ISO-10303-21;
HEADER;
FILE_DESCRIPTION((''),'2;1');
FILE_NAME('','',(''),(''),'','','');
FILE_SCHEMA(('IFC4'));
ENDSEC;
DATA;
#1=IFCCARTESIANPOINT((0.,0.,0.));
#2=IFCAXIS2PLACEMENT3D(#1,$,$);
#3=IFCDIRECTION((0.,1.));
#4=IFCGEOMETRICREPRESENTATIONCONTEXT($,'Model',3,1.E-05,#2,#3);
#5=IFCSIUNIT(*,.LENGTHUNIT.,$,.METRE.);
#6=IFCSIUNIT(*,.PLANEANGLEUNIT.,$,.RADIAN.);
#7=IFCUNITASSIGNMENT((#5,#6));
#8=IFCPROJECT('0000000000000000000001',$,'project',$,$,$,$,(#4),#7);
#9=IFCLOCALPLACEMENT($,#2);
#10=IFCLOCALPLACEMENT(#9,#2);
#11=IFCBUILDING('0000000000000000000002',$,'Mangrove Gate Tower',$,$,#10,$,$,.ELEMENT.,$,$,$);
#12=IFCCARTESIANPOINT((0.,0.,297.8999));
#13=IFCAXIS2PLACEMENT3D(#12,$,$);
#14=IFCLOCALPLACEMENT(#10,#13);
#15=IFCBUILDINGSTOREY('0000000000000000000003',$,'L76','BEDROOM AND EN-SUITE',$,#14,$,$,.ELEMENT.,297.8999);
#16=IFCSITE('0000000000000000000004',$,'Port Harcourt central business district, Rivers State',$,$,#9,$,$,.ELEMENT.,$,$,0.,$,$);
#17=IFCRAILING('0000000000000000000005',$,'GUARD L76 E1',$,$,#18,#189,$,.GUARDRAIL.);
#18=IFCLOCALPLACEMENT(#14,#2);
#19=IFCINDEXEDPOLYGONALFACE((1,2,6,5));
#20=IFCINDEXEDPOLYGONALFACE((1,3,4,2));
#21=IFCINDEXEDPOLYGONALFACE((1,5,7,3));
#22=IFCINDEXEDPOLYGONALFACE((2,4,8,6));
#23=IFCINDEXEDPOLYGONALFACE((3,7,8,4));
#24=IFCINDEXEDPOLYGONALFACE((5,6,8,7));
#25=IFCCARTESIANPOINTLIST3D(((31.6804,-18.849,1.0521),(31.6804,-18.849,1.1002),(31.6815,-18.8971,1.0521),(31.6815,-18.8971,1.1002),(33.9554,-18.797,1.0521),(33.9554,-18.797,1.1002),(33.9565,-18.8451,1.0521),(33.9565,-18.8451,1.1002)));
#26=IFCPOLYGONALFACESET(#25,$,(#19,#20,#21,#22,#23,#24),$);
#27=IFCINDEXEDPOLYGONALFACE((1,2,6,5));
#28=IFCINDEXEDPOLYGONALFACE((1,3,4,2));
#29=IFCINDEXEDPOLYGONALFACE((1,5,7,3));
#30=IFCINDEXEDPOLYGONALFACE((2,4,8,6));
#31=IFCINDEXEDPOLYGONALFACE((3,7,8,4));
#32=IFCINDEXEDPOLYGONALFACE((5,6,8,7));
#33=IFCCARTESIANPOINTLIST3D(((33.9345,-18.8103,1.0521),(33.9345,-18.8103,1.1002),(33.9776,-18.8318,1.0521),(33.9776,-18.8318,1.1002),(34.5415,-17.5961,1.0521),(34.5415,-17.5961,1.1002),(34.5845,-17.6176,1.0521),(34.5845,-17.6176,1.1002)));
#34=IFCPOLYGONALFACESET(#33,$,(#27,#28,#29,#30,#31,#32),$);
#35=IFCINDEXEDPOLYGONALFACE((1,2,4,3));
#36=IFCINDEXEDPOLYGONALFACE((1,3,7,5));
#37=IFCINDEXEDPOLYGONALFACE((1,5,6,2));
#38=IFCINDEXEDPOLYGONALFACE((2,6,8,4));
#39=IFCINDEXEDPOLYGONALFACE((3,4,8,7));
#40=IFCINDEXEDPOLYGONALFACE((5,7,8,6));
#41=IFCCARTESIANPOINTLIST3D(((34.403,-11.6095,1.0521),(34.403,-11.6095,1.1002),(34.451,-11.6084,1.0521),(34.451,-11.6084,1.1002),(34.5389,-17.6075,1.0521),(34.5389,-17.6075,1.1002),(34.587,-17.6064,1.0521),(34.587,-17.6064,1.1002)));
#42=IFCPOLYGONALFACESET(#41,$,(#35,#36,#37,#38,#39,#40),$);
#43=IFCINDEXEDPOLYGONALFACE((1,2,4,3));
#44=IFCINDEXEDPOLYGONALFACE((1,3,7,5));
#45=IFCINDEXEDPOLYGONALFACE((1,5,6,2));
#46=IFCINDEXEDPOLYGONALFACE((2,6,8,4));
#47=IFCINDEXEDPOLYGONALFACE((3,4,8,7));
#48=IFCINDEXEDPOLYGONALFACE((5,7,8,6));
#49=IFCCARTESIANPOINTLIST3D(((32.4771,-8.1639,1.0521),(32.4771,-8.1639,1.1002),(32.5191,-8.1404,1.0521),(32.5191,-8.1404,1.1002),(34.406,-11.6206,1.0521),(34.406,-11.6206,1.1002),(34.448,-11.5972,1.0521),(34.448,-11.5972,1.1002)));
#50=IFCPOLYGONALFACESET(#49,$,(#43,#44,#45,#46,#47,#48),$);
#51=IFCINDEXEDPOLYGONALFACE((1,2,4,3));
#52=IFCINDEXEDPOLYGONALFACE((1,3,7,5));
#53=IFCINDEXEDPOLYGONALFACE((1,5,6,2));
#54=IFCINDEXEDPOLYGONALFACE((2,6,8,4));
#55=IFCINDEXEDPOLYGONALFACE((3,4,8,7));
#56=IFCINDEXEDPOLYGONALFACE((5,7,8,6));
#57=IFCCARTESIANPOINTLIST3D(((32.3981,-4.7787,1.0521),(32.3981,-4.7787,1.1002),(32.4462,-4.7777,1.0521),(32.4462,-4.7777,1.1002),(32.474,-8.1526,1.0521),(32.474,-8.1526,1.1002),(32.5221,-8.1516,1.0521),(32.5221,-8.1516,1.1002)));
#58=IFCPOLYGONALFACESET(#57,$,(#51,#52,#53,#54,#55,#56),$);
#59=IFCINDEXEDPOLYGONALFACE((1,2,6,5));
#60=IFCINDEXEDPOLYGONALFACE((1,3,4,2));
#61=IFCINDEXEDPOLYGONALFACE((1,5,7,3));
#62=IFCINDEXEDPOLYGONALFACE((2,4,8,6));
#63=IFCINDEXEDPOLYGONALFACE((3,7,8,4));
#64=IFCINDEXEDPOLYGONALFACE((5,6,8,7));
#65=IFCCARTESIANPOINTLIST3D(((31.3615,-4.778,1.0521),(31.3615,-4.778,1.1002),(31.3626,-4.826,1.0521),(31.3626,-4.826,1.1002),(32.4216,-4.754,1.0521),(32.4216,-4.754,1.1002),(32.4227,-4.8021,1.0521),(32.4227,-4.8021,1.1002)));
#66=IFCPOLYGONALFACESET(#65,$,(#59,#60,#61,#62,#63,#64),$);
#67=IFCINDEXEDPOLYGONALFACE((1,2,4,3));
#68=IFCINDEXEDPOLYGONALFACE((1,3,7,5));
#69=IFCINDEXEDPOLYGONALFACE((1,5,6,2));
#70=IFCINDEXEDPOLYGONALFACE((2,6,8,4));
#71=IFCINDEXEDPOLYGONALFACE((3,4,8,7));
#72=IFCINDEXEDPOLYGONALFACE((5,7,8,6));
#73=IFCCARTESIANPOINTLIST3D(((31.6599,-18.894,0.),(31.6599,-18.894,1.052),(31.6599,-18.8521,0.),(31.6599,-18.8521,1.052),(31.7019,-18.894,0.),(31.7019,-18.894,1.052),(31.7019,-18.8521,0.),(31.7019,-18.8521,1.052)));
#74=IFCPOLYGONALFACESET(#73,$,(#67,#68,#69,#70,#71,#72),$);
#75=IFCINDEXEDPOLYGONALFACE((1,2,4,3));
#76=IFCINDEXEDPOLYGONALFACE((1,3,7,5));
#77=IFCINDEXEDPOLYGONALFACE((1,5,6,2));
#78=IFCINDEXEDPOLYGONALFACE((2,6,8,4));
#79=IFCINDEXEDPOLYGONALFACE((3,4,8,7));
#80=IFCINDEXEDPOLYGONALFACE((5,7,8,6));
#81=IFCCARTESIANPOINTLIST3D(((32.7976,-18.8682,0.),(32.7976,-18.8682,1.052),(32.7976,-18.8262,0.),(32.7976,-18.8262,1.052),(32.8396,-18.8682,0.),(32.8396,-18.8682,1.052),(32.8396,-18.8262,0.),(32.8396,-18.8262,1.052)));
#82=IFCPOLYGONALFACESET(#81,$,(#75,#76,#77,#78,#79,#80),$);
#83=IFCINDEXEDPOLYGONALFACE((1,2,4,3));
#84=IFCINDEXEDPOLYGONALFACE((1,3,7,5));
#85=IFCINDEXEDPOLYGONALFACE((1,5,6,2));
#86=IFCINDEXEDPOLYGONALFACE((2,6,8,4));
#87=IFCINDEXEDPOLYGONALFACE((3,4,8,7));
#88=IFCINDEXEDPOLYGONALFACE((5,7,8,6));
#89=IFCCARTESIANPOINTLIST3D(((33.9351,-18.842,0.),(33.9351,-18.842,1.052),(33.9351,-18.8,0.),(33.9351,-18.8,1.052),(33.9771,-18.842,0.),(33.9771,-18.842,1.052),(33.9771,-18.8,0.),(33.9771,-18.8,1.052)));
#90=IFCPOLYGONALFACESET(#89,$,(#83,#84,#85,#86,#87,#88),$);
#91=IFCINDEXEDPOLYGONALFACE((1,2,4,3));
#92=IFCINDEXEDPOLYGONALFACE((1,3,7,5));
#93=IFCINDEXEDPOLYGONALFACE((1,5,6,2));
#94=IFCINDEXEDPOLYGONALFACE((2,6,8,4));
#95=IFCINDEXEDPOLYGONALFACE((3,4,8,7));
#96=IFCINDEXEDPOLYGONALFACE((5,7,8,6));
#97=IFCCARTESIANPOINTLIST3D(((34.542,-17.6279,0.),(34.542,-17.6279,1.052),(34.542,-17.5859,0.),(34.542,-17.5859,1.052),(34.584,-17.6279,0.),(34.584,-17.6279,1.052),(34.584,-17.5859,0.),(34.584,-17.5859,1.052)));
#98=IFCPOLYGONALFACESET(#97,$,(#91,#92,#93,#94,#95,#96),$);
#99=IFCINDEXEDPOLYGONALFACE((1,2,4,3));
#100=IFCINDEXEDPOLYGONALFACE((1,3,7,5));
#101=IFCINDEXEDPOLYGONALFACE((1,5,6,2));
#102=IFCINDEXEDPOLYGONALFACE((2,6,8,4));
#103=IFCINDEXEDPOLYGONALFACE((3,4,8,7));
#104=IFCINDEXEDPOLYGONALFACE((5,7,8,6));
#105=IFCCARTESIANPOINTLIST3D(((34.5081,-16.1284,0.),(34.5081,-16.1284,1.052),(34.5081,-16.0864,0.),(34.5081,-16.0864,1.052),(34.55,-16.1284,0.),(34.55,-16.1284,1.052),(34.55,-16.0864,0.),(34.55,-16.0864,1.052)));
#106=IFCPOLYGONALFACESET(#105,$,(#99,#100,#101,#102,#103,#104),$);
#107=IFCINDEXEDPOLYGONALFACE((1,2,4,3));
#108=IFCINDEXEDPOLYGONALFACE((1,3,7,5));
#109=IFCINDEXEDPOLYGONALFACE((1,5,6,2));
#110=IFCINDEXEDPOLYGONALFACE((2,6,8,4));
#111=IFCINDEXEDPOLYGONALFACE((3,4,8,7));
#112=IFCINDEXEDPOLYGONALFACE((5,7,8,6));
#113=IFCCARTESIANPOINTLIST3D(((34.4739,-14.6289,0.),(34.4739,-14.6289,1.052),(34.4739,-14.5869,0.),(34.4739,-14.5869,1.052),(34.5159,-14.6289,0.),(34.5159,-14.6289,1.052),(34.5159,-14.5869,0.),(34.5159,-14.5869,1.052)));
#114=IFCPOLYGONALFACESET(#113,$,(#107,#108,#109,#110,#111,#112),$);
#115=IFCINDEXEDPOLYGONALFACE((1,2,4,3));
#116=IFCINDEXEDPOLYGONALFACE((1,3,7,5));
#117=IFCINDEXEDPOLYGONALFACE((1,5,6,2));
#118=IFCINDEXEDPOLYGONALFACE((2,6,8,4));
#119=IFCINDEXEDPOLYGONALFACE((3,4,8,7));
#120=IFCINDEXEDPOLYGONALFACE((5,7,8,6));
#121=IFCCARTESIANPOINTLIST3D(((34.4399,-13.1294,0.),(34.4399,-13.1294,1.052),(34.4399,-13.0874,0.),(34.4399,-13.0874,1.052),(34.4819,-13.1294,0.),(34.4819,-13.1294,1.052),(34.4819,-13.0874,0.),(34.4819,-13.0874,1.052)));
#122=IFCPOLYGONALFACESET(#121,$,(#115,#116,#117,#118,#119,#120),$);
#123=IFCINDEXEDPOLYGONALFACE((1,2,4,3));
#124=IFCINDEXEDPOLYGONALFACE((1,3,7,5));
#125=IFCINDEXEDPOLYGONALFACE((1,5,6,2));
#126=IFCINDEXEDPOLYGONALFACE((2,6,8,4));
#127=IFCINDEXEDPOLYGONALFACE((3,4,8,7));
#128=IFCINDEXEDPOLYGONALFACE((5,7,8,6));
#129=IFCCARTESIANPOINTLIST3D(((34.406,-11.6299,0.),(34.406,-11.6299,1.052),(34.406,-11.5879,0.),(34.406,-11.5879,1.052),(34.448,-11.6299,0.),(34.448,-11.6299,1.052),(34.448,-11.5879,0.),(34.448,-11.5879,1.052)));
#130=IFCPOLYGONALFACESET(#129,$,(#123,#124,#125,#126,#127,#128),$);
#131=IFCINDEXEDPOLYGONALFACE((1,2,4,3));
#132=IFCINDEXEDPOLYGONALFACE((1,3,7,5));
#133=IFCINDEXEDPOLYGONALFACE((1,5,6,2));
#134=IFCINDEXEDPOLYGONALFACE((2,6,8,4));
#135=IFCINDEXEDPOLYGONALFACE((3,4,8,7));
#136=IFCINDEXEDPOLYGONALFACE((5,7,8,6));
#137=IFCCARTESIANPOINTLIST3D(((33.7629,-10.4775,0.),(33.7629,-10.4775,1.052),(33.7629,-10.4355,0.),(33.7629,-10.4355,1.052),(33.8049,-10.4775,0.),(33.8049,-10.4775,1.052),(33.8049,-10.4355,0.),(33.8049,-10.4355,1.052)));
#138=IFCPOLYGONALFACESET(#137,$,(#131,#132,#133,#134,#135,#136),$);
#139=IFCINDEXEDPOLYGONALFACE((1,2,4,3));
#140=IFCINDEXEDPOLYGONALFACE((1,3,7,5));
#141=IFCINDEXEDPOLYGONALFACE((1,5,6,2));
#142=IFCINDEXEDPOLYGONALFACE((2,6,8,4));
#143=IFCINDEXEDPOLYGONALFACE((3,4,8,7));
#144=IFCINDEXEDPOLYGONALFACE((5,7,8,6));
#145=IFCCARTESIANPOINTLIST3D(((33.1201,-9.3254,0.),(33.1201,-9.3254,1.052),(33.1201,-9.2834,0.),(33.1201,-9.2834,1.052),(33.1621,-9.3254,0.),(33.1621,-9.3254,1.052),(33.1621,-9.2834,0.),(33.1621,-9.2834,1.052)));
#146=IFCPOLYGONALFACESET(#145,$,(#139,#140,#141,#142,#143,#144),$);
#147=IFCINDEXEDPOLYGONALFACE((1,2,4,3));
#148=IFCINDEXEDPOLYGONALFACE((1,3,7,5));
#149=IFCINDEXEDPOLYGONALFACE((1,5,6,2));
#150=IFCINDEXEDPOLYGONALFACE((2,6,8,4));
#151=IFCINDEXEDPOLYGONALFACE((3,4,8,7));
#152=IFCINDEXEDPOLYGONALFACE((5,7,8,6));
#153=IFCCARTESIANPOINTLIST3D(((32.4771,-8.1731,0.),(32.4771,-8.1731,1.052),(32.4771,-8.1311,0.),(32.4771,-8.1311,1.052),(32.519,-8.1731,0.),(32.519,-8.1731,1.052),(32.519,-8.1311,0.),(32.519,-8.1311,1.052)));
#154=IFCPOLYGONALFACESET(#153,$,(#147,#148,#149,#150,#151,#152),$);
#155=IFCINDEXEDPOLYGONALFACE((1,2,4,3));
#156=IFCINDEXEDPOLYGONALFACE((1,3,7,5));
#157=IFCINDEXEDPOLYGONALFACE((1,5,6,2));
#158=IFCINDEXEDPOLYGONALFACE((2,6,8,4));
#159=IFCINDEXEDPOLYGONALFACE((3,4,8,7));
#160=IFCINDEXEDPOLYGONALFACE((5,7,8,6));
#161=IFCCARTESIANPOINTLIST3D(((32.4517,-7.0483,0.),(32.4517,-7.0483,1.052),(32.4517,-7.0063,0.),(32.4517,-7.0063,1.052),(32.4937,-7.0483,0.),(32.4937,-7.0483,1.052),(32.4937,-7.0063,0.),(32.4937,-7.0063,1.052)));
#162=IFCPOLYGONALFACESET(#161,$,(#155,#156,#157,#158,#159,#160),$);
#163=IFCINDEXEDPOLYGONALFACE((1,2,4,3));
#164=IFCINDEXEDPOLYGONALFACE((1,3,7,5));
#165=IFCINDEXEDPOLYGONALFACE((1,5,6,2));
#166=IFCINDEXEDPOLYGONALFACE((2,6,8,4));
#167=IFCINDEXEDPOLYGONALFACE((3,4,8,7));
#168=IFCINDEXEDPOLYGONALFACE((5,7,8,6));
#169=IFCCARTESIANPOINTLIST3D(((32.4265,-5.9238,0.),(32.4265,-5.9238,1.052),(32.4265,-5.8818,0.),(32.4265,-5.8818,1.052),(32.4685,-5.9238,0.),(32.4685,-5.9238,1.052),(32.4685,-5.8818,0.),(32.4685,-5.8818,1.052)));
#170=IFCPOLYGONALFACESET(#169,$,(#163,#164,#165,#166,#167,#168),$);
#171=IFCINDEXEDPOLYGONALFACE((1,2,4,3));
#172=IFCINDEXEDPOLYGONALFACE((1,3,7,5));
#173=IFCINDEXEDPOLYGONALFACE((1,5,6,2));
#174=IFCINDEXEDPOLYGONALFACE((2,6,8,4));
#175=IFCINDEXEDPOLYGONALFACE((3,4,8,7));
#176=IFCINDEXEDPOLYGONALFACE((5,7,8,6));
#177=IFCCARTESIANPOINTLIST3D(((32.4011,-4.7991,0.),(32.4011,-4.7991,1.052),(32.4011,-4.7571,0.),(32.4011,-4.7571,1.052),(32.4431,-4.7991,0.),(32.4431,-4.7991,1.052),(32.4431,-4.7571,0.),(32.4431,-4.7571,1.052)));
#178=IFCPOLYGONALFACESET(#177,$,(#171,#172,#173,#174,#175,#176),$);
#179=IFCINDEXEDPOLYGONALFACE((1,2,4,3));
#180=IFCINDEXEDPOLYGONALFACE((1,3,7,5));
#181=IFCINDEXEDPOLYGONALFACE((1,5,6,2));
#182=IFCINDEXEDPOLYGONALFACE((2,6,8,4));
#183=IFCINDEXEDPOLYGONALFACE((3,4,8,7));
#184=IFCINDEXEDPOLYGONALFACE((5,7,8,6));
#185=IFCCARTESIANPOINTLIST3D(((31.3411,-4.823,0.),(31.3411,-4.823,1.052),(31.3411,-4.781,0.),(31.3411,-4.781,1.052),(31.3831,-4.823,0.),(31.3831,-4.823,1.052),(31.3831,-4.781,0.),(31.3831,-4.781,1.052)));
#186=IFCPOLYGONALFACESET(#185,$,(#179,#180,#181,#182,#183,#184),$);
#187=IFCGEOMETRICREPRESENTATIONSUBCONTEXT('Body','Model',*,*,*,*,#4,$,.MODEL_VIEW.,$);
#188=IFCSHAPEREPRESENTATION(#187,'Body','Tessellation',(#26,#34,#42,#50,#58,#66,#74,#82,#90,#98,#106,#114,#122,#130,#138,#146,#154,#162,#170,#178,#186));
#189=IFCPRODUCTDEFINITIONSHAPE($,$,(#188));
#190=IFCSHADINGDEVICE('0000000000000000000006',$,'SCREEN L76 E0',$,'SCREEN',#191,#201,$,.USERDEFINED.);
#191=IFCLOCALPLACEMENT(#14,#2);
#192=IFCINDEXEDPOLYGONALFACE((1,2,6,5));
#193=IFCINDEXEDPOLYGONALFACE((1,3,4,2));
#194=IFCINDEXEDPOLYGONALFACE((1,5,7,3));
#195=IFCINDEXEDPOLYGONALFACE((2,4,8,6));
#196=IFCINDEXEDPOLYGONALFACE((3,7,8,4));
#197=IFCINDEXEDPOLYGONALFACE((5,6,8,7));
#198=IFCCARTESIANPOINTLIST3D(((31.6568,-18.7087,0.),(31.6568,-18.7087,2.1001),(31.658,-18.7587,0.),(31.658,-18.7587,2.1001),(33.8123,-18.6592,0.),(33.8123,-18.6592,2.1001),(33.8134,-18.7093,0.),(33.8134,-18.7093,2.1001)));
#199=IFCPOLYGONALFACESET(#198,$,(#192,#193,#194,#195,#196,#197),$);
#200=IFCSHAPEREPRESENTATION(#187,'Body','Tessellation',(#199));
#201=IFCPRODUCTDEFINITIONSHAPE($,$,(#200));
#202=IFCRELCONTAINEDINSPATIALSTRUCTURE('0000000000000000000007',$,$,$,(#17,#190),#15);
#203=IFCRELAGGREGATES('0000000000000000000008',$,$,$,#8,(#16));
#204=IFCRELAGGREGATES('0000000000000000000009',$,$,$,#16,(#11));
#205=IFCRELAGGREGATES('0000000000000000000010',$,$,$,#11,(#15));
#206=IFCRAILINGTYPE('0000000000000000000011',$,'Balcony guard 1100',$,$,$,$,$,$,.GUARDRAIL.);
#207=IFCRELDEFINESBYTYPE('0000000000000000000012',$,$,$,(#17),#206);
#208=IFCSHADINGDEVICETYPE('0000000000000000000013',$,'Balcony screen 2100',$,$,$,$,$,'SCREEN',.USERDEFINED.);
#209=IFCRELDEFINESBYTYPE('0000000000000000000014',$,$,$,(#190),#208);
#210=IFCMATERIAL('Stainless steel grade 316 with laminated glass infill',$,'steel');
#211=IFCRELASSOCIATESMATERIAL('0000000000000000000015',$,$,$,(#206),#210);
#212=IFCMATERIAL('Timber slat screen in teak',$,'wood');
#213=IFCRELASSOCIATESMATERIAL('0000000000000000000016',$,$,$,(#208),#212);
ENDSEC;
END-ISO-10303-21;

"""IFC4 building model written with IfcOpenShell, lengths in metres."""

from ifc_helpers import new_model, si_unit, direction, frame, origin, origin_2d, place, context, subcontext, project, spatial, rectangle, extrude, material, type_object, element, save


model = new_model("IFC4")

# Units and contexts
model_context = context("Model", 3, precision=1e-05, world=origin(), true_north=direction((0.0, 1.0)))
body_context = subcontext(model_context, "Body", "Model", "MODEL_VIEW")
ifc_project = project(units=[si_unit("LENGTHUNIT", "METRE"), si_unit("PLANEANGLEUNIT", "RADIAN")], contexts=[model_context])

# Site, building, storey
site_placement = place(None, origin())
site = spatial("IfcSite", under=ifc_project, at=site_placement, Name="Port Harcourt central business district, Rivers State", CompositionType="ELEMENT", RefElevation=0.0)
building_placement = place(site_placement, origin())
building = spatial("IfcBuilding", under=site, at=building_placement, Name="Mangrove Gate Tower", CompositionType="ELEMENT")
storey_placement = place(building_placement, frame((0.0, 0.0, 297.8999)))
storey = spatial("IfcBuildingStorey", under=building, at=storey_placement, Name="L76", Description="BEDROOM AND EN-SUITE", CompositionType="ELEMENT", Elevation=297.8999)

# Railing
ifc_material_1 = material(Name="Stainless steel grade 316 with laminated glass infill", Category="steel")
railing_type = type_object("IfcRailingType", Name="Balcony guard 1100", PredefinedType="GUARDRAIL", material=ifc_material_1)
railing_placement = place(storey_placement, frame((31.6809, -18.873, 0.0)))
element("IfcRailing", 1, at=railing_placement, inside=storey, type_object=railing_type, Name="GUARD L76 E1", PredefinedType="GUARDRAIL", context=body_context, shape_type="SweptSolid", body=[
    extrude(rectangle(XDim=0.0481, YDim=0.0481, at=origin_2d()), frame((0.0, 0.0, 1.0762), z_axis=(0.999739, 0.022851, 0.0), x_axis=(-0.022851, 0.999739, 0.0)), (0.0, 0.0, 1.0), 2.2756),
    extrude(rectangle(XDim=0.0481, YDim=0.0481, at=origin_2d()), frame((2.2751, 0.052, 1.0762), z_axis=(0.447142, 0.894463, 0.0), x_axis=(-0.894463, 0.447142, 0.0)), (0.0, 0.0, 1.0), 1.3574),
    extrude(rectangle(XDim=0.0481, YDim=0.0481, at=origin_2d()), frame((2.8821, 1.2661, 1.0762), z_axis=(-0.022666, 0.999743, 0.0), x_axis=(-0.999743, -0.022666, 0.0)), (0.0, 0.0, 1.0), 5.9995),
    extrude(rectangle(XDim=0.0481, YDim=0.0481, at=origin_2d()), frame((2.7461, 7.2642, 1.0762), z_axis=(-0.487286, 0.873242, 0.0), x_axis=(-0.873242, -0.487286, 0.0)), (0.0, 0.0, 1.0), 3.9585),
    extrude(rectangle(XDim=0.0481, YDim=0.0481, at=origin_2d()), frame((0.8171, 10.7209, 1.0762), z_axis=(-0.022498, 0.999747, 0.0), x_axis=(-0.999747, -0.022498, 0.0)), (0.0, 0.0, 1.0), 3.3748),
    extrude(rectangle(XDim=0.0481, YDim=0.0481, at=origin_2d()), frame((0.7412, 14.095, 1.0762), z_axis=(-0.999745, -0.022564, 0.0), x_axis=(0.022564, -0.999745, 0.0)), (0.0, 0.0, 1.0), 1.0603),
    extrude(rectangle(XDim=0.042, YDim=0.042, at=origin_2d()), origin(), (0.0, 0.0, 1.0), 1.052),
    extrude(rectangle(XDim=0.042, YDim=0.042, at=origin_2d()), frame((1.1377, 0.0259, 0.0)), (0.0, 0.0, 1.0), 1.052),
    extrude(rectangle(XDim=0.042, YDim=0.042, at=origin_2d()), frame((2.2751, 0.052, 0.0)), (0.0, 0.0, 1.0), 1.052),
    extrude(rectangle(XDim=0.042, YDim=0.042, at=origin_2d()), frame((2.8821, 1.2661, 0.0)), (0.0, 0.0, 1.0), 1.052),
    extrude(rectangle(XDim=0.042, YDim=0.042, at=origin_2d()), frame((2.8481, 2.7656, 0.0)), (0.0, 0.0, 1.0), 1.052),
    extrude(rectangle(XDim=0.042, YDim=0.042, at=origin_2d()), frame((2.814, 4.2651, 0.0)), (0.0, 0.0, 1.0), 1.052),
    extrude(rectangle(XDim=0.042, YDim=0.042, at=origin_2d()), frame((2.78, 5.7646, 0.0)), (0.0, 0.0, 1.0), 1.052),
    extrude(rectangle(XDim=0.042, YDim=0.042, at=origin_2d()), frame((2.7461, 7.2642, 0.0)), (0.0, 0.0, 1.0), 1.052),
    extrude(rectangle(XDim=0.042, YDim=0.042, at=origin_2d()), frame((2.103, 8.4165, 0.0)), (0.0, 0.0, 1.0), 1.052),
    extrude(rectangle(XDim=0.042, YDim=0.042, at=origin_2d()), frame((1.4602, 9.5686, 0.0)), (0.0, 0.0, 1.0), 1.052),
    extrude(rectangle(XDim=0.042, YDim=0.042, at=origin_2d()), frame((0.8171, 10.7209, 0.0)), (0.0, 0.0, 1.0), 1.052),
    extrude(rectangle(XDim=0.042, YDim=0.042, at=origin_2d()), frame((0.7917, 11.8457, 0.0)), (0.0, 0.0, 1.0), 1.052),
    extrude(rectangle(XDim=0.042, YDim=0.042, at=origin_2d()), frame((0.7666, 12.9702, 0.0)), (0.0, 0.0, 1.0), 1.052),
    extrude(rectangle(XDim=0.042, YDim=0.042, at=origin_2d()), frame((0.7412, 14.095, 0.0)), (0.0, 0.0, 1.0), 1.052),
    extrude(rectangle(XDim=0.042, YDim=0.042, at=origin_2d()), frame((-0.3188, 14.071, 0.0)), (0.0, 0.0, 1.0), 1.052),
])

# Shading device
ifc_material_2 = material(Name="Timber slat screen in teak", Category="wood")
shading_device_type = type_object("IfcShadingDeviceType", Name="Balcony screen 2100", ElementType="SCREEN", PredefinedType="USERDEFINED", material=ifc_material_2)
shading_device_placement = place(storey_placement, frame((32.7351, -18.709, 0.0), z_axis=(0.0, 0.0, 1.0), x_axis=(0.999737, 0.022932, 0.0)))
element("IfcShadingDevice", 2, at=shading_device_placement, inside=storey, type_object=shading_device_type, Name="SCREEN L76 E0", ObjectType="SCREEN", PredefinedType="USERDEFINED", context=body_context, shape_type="SweptSolid", body=[
    extrude(rectangle(XDim=2.156, YDim=0.05, at=origin_2d()), origin(), (0.0, 0.0, 1.0), 2.1001),
])

save(model, "model.ifc")
